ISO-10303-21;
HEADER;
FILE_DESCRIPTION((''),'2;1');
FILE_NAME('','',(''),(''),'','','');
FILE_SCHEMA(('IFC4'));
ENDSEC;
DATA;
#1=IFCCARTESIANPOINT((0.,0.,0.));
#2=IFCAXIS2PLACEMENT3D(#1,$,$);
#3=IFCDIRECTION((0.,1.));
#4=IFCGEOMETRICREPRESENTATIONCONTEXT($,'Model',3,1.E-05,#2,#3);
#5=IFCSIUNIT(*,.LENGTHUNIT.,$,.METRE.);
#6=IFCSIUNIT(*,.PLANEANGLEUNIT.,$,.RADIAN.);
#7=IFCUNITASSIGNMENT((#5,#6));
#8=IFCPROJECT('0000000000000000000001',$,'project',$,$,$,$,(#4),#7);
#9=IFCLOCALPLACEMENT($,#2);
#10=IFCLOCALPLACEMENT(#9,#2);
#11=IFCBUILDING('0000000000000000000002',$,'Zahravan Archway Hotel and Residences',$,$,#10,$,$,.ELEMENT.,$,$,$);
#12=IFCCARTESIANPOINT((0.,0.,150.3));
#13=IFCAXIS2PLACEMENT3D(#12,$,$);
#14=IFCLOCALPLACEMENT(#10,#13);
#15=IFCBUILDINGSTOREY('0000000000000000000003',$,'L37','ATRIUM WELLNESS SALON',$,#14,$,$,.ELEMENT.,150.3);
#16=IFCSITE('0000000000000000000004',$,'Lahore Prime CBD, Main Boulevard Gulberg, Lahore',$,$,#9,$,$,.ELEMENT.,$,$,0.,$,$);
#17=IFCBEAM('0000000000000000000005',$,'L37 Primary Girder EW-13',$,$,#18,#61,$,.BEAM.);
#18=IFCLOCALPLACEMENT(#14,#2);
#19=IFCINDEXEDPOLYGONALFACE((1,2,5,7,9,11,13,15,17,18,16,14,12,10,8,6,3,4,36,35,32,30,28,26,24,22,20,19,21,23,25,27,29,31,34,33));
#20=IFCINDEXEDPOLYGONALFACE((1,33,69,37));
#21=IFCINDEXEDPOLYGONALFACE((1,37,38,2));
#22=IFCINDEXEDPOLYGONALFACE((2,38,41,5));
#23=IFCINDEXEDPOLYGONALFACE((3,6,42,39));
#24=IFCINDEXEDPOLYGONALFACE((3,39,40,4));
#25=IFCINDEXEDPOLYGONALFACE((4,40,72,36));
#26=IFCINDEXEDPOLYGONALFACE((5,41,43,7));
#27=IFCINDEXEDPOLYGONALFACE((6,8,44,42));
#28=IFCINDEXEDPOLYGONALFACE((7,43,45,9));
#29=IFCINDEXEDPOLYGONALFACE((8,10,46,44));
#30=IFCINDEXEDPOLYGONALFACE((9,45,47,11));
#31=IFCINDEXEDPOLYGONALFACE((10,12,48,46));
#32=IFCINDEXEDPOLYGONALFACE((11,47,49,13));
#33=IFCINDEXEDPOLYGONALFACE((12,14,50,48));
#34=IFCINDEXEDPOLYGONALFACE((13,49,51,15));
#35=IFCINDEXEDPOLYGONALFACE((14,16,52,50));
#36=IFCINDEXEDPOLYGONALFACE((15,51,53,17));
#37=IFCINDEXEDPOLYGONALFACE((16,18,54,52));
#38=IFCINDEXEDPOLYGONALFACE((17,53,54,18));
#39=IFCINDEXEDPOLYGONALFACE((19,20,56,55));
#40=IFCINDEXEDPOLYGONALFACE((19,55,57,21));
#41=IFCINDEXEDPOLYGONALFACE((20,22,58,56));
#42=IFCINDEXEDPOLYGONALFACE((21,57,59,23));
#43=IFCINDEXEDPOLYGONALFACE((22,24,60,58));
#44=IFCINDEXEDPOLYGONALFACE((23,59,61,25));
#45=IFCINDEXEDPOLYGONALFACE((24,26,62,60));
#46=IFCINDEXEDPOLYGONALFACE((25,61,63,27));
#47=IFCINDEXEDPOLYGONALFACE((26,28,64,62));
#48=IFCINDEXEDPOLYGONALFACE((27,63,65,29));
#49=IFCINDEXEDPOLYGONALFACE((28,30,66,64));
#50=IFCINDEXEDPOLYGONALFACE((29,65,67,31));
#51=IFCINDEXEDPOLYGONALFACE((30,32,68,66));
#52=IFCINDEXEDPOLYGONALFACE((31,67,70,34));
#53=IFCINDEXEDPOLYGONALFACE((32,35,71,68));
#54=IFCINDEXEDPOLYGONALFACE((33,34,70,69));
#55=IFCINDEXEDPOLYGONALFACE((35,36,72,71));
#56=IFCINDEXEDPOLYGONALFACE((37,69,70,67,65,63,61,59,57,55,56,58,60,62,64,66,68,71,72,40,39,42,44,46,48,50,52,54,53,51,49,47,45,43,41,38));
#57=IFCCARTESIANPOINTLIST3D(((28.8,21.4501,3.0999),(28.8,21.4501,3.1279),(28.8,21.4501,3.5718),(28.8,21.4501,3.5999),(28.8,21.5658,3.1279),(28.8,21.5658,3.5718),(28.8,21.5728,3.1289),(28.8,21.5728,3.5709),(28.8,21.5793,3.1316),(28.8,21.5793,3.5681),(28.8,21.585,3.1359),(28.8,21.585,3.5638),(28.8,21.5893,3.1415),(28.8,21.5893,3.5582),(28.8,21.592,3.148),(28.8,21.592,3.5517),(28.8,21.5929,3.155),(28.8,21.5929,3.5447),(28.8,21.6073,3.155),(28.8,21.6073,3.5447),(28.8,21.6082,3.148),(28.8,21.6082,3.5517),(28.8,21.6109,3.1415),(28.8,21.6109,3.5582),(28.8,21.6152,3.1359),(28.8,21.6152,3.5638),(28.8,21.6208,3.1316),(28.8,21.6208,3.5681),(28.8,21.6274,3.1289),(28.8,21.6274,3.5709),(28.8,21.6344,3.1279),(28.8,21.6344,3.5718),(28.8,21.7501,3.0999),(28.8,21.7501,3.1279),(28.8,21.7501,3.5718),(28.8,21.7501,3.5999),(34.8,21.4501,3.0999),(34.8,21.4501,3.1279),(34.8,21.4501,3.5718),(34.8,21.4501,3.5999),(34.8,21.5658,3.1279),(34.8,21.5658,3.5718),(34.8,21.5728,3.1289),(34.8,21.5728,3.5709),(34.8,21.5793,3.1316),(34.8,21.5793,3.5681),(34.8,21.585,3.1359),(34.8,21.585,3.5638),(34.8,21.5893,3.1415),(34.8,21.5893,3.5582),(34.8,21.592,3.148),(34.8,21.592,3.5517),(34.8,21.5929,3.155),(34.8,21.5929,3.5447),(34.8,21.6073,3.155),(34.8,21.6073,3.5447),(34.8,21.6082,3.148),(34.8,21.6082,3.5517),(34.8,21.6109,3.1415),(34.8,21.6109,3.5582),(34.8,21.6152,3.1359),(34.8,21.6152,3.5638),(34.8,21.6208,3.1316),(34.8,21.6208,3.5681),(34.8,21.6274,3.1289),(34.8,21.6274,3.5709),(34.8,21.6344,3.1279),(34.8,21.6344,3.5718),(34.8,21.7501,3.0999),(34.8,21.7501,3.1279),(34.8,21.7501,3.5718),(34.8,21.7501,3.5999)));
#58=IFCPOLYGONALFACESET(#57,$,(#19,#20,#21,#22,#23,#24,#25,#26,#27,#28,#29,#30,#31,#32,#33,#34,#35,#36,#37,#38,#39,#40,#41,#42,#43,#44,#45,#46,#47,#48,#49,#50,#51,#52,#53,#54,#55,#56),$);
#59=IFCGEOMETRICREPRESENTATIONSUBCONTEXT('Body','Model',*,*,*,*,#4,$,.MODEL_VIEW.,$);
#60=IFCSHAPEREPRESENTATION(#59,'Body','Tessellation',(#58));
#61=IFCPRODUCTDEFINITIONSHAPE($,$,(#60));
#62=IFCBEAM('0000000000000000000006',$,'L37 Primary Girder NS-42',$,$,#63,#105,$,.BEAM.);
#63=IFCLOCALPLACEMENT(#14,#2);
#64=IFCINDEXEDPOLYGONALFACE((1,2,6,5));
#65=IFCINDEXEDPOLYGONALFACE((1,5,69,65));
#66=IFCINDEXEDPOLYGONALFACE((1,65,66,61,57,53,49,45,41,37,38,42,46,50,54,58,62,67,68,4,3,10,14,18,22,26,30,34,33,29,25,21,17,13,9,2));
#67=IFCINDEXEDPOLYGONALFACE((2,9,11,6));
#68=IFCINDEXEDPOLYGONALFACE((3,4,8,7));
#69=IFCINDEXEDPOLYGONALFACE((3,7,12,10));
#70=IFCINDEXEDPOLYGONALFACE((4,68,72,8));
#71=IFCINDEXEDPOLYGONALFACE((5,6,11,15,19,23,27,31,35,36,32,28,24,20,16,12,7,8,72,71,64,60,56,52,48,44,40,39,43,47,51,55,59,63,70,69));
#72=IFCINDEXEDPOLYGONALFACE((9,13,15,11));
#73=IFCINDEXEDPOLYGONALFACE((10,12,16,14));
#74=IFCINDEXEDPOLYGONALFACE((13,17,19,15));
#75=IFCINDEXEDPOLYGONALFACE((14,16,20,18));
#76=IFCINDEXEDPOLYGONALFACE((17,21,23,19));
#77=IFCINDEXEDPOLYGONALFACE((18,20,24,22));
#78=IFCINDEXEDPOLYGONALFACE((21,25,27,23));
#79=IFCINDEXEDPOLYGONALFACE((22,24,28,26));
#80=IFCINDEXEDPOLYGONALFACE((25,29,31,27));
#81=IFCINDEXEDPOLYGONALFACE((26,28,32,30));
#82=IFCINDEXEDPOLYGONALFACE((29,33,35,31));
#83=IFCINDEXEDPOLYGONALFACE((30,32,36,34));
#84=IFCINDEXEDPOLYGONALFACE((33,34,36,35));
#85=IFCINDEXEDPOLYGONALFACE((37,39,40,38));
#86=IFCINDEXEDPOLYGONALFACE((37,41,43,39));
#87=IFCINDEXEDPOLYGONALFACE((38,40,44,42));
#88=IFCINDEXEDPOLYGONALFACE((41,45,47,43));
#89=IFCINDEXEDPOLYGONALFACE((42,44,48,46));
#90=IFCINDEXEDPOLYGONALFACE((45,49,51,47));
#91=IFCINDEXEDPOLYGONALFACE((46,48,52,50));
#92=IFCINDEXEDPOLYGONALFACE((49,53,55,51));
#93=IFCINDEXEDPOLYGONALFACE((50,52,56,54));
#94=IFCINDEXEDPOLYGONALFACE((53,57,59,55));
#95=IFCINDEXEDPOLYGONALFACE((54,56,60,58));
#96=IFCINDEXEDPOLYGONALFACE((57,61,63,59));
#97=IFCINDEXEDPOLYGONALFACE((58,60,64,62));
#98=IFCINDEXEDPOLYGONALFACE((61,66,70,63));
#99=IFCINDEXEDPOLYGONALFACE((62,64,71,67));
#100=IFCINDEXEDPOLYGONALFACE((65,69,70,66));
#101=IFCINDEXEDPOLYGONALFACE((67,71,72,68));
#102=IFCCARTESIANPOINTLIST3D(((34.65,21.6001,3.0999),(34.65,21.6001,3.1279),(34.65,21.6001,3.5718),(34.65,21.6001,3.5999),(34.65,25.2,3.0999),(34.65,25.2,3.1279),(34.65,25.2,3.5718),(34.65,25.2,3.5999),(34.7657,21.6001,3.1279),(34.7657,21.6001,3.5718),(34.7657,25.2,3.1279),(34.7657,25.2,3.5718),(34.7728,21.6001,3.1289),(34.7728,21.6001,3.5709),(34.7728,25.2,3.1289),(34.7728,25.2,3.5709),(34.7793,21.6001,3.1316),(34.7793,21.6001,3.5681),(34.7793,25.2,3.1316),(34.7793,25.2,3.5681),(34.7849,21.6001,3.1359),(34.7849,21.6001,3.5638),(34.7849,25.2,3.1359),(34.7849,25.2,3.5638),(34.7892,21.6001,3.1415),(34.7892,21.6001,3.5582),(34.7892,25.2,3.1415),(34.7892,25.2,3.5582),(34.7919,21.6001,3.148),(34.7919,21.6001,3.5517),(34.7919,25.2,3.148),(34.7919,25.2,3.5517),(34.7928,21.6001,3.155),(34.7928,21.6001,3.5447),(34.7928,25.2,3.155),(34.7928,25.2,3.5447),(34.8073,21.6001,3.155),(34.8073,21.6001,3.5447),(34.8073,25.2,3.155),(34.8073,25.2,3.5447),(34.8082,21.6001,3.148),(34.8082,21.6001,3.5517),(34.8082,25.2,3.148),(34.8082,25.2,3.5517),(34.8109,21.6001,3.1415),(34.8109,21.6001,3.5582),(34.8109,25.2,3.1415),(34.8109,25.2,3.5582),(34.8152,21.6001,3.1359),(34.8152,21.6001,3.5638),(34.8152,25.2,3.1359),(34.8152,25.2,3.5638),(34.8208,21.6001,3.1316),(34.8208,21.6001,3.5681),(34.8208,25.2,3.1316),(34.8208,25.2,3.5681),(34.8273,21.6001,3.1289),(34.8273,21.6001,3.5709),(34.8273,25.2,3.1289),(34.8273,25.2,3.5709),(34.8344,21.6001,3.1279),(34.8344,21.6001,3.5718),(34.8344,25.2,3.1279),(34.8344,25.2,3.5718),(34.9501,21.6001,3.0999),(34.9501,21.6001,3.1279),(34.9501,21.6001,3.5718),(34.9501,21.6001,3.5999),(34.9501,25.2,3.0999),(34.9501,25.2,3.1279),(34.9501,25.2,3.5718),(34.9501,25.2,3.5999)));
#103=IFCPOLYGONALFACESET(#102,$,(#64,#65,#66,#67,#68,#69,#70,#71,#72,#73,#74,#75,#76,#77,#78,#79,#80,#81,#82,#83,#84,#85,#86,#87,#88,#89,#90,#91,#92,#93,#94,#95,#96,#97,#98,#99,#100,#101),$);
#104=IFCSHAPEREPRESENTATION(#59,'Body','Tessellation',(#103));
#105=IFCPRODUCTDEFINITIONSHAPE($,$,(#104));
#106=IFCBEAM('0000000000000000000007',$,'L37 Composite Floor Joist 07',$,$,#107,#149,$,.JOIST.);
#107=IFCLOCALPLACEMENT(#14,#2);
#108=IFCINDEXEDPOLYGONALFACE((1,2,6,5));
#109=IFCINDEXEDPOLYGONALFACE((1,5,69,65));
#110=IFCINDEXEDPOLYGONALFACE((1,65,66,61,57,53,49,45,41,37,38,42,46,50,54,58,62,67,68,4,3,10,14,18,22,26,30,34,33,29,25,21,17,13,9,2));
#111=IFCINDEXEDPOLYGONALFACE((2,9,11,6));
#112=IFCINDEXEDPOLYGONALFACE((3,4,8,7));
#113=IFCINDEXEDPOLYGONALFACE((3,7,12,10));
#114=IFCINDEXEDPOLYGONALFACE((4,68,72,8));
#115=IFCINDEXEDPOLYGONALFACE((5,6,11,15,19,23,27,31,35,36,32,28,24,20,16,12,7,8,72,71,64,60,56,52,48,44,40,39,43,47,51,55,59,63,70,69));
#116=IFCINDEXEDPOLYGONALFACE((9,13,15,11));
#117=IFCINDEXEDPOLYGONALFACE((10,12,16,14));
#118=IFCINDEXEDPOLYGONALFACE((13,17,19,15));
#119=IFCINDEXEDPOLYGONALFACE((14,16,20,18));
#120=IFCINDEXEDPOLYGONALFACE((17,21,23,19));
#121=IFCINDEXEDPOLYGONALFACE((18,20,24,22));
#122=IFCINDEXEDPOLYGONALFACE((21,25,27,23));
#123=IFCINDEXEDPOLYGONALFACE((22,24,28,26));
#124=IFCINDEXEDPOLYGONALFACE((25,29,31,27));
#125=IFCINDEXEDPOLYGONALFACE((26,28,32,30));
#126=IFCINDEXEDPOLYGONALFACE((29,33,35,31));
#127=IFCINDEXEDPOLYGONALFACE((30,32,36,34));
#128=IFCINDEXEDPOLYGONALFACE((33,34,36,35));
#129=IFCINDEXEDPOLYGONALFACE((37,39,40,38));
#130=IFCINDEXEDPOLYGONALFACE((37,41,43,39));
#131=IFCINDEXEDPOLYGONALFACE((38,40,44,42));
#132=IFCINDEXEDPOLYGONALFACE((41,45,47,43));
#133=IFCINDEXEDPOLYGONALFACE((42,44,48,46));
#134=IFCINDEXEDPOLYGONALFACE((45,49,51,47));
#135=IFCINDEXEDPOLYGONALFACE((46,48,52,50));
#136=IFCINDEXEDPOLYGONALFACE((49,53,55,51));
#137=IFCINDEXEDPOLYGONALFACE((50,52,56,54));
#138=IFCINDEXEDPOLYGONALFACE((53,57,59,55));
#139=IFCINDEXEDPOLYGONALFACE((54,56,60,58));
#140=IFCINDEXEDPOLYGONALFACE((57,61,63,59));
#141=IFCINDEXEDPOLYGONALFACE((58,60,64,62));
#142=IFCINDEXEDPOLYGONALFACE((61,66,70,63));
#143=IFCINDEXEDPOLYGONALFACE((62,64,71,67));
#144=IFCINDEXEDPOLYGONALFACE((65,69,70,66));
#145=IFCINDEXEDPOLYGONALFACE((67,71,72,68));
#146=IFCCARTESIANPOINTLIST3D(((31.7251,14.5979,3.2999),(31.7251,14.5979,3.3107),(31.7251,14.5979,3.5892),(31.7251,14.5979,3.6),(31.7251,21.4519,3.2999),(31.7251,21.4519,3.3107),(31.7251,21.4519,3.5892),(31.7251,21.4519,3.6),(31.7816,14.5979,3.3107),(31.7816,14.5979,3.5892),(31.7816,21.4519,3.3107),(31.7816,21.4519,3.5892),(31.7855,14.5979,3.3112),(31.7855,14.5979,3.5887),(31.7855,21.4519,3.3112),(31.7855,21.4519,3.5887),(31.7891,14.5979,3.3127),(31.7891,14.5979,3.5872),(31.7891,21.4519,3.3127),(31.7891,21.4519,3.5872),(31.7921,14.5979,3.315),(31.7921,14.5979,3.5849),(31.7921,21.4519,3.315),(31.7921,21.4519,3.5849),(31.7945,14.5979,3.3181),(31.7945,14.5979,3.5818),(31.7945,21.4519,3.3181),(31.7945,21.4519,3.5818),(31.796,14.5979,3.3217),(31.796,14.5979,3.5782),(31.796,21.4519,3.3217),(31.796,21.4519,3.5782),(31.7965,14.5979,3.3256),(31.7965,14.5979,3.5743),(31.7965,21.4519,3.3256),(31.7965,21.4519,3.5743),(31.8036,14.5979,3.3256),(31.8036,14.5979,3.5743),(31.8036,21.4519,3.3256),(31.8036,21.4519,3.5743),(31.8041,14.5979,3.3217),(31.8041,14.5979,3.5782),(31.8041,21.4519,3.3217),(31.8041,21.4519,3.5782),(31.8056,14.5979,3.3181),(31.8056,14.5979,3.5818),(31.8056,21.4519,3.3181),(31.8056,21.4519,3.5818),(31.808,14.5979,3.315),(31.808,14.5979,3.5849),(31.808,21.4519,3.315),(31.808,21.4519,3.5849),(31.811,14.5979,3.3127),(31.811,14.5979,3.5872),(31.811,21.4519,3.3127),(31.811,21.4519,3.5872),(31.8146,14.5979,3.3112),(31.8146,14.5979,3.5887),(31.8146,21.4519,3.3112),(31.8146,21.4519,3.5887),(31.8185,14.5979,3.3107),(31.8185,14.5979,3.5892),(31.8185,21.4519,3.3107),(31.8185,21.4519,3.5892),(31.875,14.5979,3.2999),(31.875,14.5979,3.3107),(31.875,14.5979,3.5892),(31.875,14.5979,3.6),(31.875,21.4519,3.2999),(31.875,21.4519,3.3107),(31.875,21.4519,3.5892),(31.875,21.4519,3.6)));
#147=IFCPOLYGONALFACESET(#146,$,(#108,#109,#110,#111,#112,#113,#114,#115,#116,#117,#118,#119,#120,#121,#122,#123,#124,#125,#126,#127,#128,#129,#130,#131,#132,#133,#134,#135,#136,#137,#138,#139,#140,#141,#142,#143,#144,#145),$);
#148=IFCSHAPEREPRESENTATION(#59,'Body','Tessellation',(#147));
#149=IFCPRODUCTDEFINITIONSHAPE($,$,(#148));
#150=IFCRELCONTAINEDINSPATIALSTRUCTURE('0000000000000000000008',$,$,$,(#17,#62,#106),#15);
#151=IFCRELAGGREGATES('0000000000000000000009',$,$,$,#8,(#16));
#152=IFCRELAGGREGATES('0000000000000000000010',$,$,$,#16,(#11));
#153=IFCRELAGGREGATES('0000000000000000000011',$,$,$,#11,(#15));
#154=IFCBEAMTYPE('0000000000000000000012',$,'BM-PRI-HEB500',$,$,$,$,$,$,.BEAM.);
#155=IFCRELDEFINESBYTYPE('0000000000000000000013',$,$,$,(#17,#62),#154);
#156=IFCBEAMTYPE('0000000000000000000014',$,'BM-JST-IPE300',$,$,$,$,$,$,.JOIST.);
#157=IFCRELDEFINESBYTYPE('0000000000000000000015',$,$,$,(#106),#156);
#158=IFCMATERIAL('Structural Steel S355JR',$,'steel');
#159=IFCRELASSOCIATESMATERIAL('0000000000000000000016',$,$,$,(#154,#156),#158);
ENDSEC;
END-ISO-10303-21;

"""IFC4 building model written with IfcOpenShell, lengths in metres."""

from ifc_helpers import new_model, si_unit, direction, frame, origin, origin_2d, place, context, subcontext, project, spatial, i_section, extrude, source, transform, mapped, material, material_profile, profile_set, type_object, element, save


model = new_model("IFC4")

# Units and contexts
model_context = context("Model", 3, precision=1e-05, world=origin(), true_north=direction((0.0, 1.0)))
body_context = subcontext(model_context, "Body", "Model", "MODEL_VIEW")
ifc_project = project(units=[si_unit("LENGTHUNIT", "METRE"), si_unit("PLANEANGLEUNIT", "RADIAN")], contexts=[model_context])

# Site, building, storey
site_placement = place(None, origin())
site = spatial("IfcSite", under=ifc_project, at=site_placement, Name="Lahore Prime CBD, Main Boulevard Gulberg, Lahore", CompositionType="ELEMENT", RefElevation=0.0)
building_placement = place(site_placement, origin())
building = spatial("IfcBuilding", under=site, at=building_placement, Name="Zahravan Archway Hotel and Residences", CompositionType="ELEMENT")
storey_placement = place(building_placement, frame((0.0, 0.0, 150.3)))
storey = spatial("IfcBuildingStorey", under=building, at=storey_placement, Name="L37", Description="ATRIUM WELLNESS SALON", CompositionType="ELEMENT", Elevation=150.3)

# Beams
ifc_material_1 = material(Name="Structural Steel S355JR", Category="steel")
ifc_material_profile_1 = material_profile(ifc_material_1, i_section(OverallWidth=0.3, OverallDepth=0.5, WebThickness=0.0144, FlangeThickness=0.0281, FilletRadius=0.0271, at=origin_2d()), Name="HEB 500", Category="steel")
ifc_profile_set_1 = profile_set([ifc_material_profile_1], Name="Structural Steel S355JR")
beam_type_1 = type_object("IfcBeamType", Name="BM-PRI-HEB500", PredefinedType="BEAM", material=ifc_profile_set_1)
shared_shape_1 = source(origin(), body_context, "Body", "SweptSolid", [
    extrude(i_section(OverallWidth=0.3, OverallDepth=0.5, WebThickness=0.0144, FlangeThickness=0.0281, FilletRadius=0.0271, at=origin_2d()), origin(), (0.0, 0.0, 1.0), 6.0),
])
beam_1_placement = place(storey_placement, frame((28.8, 21.6001, 3.3499), z_axis=(1.0, 0.0, 0.0), x_axis=(0.0, 1.0, 0.0)))
element("IfcBeam", 1, at=beam_1_placement, inside=storey, type_object=beam_type_1, Name="L37 Primary Girder EW-13", PredefinedType="BEAM", context=body_context, shape_type="MappedRepresentation", body=[
    mapped(shared_shape_1, transform((0.0, 0.0, 0.0), scale=1.0)),
])
shared_shape_2 = source(origin(), body_context, "Body", "SweptSolid", [
    extrude(i_section(OverallWidth=0.3, OverallDepth=0.5, WebThickness=0.0144, FlangeThickness=0.0281, FilletRadius=0.0271, at=origin_2d()), origin(), (0.0, 0.0, 1.0), 3.5999),
])
beam_2_placement = place(storey_placement, frame((34.8, 21.6001, 3.3499), z_axis=(0.0, 1.0, 0.0), x_axis=(-1.0, 0.0, 0.0)))
element("IfcBeam", 2, at=beam_2_placement, inside=storey, type_object=beam_type_1, Name="L37 Primary Girder NS-42", PredefinedType="BEAM", context=body_context, shape_type="MappedRepresentation", body=[
    mapped(shared_shape_2, transform((0.0, 0.0, 0.0), scale=1.0)),
])
ifc_material_profile_2 = material_profile(ifc_material_1, i_section(OverallWidth=0.1499, OverallDepth=0.3, WebThickness=0.0071, FlangeThickness=0.0107, FilletRadius=0.0149, at=origin_2d()), Name="IPE 300", Category="steel")
ifc_profile_set_2 = profile_set([ifc_material_profile_2], Name="Structural Steel S355JR")
beam_type_2 = type_object("IfcBeamType", Name="BM-JST-IPE300", PredefinedType="JOIST", material=ifc_profile_set_2)
shared_shape_3 = source(origin(), body_context, "Body", "SweptSolid", [
    extrude(i_section(OverallWidth=0.1499, OverallDepth=0.3, WebThickness=0.0071, FlangeThickness=0.0107, FilletRadius=0.0149, at=origin_2d()), origin(), (0.0, 0.0, 1.0), 6.854),
])
beam_3_placement = place(storey_placement, frame((31.8, 14.5979, 3.45), z_axis=(0.0, 1.0, 0.0), x_axis=(-1.0, 0.0, 0.0)))
element("IfcBeam", 3, at=beam_3_placement, inside=storey, type_object=beam_type_2, Name="L37 Composite Floor Joist 07", PredefinedType="JOIST", context=body_context, shape_type="MappedRepresentation", body=[
    mapped(shared_shape_3, transform((0.0, 0.0, 0.0), scale=1.0)),
])

save(model, "model.ifc")
